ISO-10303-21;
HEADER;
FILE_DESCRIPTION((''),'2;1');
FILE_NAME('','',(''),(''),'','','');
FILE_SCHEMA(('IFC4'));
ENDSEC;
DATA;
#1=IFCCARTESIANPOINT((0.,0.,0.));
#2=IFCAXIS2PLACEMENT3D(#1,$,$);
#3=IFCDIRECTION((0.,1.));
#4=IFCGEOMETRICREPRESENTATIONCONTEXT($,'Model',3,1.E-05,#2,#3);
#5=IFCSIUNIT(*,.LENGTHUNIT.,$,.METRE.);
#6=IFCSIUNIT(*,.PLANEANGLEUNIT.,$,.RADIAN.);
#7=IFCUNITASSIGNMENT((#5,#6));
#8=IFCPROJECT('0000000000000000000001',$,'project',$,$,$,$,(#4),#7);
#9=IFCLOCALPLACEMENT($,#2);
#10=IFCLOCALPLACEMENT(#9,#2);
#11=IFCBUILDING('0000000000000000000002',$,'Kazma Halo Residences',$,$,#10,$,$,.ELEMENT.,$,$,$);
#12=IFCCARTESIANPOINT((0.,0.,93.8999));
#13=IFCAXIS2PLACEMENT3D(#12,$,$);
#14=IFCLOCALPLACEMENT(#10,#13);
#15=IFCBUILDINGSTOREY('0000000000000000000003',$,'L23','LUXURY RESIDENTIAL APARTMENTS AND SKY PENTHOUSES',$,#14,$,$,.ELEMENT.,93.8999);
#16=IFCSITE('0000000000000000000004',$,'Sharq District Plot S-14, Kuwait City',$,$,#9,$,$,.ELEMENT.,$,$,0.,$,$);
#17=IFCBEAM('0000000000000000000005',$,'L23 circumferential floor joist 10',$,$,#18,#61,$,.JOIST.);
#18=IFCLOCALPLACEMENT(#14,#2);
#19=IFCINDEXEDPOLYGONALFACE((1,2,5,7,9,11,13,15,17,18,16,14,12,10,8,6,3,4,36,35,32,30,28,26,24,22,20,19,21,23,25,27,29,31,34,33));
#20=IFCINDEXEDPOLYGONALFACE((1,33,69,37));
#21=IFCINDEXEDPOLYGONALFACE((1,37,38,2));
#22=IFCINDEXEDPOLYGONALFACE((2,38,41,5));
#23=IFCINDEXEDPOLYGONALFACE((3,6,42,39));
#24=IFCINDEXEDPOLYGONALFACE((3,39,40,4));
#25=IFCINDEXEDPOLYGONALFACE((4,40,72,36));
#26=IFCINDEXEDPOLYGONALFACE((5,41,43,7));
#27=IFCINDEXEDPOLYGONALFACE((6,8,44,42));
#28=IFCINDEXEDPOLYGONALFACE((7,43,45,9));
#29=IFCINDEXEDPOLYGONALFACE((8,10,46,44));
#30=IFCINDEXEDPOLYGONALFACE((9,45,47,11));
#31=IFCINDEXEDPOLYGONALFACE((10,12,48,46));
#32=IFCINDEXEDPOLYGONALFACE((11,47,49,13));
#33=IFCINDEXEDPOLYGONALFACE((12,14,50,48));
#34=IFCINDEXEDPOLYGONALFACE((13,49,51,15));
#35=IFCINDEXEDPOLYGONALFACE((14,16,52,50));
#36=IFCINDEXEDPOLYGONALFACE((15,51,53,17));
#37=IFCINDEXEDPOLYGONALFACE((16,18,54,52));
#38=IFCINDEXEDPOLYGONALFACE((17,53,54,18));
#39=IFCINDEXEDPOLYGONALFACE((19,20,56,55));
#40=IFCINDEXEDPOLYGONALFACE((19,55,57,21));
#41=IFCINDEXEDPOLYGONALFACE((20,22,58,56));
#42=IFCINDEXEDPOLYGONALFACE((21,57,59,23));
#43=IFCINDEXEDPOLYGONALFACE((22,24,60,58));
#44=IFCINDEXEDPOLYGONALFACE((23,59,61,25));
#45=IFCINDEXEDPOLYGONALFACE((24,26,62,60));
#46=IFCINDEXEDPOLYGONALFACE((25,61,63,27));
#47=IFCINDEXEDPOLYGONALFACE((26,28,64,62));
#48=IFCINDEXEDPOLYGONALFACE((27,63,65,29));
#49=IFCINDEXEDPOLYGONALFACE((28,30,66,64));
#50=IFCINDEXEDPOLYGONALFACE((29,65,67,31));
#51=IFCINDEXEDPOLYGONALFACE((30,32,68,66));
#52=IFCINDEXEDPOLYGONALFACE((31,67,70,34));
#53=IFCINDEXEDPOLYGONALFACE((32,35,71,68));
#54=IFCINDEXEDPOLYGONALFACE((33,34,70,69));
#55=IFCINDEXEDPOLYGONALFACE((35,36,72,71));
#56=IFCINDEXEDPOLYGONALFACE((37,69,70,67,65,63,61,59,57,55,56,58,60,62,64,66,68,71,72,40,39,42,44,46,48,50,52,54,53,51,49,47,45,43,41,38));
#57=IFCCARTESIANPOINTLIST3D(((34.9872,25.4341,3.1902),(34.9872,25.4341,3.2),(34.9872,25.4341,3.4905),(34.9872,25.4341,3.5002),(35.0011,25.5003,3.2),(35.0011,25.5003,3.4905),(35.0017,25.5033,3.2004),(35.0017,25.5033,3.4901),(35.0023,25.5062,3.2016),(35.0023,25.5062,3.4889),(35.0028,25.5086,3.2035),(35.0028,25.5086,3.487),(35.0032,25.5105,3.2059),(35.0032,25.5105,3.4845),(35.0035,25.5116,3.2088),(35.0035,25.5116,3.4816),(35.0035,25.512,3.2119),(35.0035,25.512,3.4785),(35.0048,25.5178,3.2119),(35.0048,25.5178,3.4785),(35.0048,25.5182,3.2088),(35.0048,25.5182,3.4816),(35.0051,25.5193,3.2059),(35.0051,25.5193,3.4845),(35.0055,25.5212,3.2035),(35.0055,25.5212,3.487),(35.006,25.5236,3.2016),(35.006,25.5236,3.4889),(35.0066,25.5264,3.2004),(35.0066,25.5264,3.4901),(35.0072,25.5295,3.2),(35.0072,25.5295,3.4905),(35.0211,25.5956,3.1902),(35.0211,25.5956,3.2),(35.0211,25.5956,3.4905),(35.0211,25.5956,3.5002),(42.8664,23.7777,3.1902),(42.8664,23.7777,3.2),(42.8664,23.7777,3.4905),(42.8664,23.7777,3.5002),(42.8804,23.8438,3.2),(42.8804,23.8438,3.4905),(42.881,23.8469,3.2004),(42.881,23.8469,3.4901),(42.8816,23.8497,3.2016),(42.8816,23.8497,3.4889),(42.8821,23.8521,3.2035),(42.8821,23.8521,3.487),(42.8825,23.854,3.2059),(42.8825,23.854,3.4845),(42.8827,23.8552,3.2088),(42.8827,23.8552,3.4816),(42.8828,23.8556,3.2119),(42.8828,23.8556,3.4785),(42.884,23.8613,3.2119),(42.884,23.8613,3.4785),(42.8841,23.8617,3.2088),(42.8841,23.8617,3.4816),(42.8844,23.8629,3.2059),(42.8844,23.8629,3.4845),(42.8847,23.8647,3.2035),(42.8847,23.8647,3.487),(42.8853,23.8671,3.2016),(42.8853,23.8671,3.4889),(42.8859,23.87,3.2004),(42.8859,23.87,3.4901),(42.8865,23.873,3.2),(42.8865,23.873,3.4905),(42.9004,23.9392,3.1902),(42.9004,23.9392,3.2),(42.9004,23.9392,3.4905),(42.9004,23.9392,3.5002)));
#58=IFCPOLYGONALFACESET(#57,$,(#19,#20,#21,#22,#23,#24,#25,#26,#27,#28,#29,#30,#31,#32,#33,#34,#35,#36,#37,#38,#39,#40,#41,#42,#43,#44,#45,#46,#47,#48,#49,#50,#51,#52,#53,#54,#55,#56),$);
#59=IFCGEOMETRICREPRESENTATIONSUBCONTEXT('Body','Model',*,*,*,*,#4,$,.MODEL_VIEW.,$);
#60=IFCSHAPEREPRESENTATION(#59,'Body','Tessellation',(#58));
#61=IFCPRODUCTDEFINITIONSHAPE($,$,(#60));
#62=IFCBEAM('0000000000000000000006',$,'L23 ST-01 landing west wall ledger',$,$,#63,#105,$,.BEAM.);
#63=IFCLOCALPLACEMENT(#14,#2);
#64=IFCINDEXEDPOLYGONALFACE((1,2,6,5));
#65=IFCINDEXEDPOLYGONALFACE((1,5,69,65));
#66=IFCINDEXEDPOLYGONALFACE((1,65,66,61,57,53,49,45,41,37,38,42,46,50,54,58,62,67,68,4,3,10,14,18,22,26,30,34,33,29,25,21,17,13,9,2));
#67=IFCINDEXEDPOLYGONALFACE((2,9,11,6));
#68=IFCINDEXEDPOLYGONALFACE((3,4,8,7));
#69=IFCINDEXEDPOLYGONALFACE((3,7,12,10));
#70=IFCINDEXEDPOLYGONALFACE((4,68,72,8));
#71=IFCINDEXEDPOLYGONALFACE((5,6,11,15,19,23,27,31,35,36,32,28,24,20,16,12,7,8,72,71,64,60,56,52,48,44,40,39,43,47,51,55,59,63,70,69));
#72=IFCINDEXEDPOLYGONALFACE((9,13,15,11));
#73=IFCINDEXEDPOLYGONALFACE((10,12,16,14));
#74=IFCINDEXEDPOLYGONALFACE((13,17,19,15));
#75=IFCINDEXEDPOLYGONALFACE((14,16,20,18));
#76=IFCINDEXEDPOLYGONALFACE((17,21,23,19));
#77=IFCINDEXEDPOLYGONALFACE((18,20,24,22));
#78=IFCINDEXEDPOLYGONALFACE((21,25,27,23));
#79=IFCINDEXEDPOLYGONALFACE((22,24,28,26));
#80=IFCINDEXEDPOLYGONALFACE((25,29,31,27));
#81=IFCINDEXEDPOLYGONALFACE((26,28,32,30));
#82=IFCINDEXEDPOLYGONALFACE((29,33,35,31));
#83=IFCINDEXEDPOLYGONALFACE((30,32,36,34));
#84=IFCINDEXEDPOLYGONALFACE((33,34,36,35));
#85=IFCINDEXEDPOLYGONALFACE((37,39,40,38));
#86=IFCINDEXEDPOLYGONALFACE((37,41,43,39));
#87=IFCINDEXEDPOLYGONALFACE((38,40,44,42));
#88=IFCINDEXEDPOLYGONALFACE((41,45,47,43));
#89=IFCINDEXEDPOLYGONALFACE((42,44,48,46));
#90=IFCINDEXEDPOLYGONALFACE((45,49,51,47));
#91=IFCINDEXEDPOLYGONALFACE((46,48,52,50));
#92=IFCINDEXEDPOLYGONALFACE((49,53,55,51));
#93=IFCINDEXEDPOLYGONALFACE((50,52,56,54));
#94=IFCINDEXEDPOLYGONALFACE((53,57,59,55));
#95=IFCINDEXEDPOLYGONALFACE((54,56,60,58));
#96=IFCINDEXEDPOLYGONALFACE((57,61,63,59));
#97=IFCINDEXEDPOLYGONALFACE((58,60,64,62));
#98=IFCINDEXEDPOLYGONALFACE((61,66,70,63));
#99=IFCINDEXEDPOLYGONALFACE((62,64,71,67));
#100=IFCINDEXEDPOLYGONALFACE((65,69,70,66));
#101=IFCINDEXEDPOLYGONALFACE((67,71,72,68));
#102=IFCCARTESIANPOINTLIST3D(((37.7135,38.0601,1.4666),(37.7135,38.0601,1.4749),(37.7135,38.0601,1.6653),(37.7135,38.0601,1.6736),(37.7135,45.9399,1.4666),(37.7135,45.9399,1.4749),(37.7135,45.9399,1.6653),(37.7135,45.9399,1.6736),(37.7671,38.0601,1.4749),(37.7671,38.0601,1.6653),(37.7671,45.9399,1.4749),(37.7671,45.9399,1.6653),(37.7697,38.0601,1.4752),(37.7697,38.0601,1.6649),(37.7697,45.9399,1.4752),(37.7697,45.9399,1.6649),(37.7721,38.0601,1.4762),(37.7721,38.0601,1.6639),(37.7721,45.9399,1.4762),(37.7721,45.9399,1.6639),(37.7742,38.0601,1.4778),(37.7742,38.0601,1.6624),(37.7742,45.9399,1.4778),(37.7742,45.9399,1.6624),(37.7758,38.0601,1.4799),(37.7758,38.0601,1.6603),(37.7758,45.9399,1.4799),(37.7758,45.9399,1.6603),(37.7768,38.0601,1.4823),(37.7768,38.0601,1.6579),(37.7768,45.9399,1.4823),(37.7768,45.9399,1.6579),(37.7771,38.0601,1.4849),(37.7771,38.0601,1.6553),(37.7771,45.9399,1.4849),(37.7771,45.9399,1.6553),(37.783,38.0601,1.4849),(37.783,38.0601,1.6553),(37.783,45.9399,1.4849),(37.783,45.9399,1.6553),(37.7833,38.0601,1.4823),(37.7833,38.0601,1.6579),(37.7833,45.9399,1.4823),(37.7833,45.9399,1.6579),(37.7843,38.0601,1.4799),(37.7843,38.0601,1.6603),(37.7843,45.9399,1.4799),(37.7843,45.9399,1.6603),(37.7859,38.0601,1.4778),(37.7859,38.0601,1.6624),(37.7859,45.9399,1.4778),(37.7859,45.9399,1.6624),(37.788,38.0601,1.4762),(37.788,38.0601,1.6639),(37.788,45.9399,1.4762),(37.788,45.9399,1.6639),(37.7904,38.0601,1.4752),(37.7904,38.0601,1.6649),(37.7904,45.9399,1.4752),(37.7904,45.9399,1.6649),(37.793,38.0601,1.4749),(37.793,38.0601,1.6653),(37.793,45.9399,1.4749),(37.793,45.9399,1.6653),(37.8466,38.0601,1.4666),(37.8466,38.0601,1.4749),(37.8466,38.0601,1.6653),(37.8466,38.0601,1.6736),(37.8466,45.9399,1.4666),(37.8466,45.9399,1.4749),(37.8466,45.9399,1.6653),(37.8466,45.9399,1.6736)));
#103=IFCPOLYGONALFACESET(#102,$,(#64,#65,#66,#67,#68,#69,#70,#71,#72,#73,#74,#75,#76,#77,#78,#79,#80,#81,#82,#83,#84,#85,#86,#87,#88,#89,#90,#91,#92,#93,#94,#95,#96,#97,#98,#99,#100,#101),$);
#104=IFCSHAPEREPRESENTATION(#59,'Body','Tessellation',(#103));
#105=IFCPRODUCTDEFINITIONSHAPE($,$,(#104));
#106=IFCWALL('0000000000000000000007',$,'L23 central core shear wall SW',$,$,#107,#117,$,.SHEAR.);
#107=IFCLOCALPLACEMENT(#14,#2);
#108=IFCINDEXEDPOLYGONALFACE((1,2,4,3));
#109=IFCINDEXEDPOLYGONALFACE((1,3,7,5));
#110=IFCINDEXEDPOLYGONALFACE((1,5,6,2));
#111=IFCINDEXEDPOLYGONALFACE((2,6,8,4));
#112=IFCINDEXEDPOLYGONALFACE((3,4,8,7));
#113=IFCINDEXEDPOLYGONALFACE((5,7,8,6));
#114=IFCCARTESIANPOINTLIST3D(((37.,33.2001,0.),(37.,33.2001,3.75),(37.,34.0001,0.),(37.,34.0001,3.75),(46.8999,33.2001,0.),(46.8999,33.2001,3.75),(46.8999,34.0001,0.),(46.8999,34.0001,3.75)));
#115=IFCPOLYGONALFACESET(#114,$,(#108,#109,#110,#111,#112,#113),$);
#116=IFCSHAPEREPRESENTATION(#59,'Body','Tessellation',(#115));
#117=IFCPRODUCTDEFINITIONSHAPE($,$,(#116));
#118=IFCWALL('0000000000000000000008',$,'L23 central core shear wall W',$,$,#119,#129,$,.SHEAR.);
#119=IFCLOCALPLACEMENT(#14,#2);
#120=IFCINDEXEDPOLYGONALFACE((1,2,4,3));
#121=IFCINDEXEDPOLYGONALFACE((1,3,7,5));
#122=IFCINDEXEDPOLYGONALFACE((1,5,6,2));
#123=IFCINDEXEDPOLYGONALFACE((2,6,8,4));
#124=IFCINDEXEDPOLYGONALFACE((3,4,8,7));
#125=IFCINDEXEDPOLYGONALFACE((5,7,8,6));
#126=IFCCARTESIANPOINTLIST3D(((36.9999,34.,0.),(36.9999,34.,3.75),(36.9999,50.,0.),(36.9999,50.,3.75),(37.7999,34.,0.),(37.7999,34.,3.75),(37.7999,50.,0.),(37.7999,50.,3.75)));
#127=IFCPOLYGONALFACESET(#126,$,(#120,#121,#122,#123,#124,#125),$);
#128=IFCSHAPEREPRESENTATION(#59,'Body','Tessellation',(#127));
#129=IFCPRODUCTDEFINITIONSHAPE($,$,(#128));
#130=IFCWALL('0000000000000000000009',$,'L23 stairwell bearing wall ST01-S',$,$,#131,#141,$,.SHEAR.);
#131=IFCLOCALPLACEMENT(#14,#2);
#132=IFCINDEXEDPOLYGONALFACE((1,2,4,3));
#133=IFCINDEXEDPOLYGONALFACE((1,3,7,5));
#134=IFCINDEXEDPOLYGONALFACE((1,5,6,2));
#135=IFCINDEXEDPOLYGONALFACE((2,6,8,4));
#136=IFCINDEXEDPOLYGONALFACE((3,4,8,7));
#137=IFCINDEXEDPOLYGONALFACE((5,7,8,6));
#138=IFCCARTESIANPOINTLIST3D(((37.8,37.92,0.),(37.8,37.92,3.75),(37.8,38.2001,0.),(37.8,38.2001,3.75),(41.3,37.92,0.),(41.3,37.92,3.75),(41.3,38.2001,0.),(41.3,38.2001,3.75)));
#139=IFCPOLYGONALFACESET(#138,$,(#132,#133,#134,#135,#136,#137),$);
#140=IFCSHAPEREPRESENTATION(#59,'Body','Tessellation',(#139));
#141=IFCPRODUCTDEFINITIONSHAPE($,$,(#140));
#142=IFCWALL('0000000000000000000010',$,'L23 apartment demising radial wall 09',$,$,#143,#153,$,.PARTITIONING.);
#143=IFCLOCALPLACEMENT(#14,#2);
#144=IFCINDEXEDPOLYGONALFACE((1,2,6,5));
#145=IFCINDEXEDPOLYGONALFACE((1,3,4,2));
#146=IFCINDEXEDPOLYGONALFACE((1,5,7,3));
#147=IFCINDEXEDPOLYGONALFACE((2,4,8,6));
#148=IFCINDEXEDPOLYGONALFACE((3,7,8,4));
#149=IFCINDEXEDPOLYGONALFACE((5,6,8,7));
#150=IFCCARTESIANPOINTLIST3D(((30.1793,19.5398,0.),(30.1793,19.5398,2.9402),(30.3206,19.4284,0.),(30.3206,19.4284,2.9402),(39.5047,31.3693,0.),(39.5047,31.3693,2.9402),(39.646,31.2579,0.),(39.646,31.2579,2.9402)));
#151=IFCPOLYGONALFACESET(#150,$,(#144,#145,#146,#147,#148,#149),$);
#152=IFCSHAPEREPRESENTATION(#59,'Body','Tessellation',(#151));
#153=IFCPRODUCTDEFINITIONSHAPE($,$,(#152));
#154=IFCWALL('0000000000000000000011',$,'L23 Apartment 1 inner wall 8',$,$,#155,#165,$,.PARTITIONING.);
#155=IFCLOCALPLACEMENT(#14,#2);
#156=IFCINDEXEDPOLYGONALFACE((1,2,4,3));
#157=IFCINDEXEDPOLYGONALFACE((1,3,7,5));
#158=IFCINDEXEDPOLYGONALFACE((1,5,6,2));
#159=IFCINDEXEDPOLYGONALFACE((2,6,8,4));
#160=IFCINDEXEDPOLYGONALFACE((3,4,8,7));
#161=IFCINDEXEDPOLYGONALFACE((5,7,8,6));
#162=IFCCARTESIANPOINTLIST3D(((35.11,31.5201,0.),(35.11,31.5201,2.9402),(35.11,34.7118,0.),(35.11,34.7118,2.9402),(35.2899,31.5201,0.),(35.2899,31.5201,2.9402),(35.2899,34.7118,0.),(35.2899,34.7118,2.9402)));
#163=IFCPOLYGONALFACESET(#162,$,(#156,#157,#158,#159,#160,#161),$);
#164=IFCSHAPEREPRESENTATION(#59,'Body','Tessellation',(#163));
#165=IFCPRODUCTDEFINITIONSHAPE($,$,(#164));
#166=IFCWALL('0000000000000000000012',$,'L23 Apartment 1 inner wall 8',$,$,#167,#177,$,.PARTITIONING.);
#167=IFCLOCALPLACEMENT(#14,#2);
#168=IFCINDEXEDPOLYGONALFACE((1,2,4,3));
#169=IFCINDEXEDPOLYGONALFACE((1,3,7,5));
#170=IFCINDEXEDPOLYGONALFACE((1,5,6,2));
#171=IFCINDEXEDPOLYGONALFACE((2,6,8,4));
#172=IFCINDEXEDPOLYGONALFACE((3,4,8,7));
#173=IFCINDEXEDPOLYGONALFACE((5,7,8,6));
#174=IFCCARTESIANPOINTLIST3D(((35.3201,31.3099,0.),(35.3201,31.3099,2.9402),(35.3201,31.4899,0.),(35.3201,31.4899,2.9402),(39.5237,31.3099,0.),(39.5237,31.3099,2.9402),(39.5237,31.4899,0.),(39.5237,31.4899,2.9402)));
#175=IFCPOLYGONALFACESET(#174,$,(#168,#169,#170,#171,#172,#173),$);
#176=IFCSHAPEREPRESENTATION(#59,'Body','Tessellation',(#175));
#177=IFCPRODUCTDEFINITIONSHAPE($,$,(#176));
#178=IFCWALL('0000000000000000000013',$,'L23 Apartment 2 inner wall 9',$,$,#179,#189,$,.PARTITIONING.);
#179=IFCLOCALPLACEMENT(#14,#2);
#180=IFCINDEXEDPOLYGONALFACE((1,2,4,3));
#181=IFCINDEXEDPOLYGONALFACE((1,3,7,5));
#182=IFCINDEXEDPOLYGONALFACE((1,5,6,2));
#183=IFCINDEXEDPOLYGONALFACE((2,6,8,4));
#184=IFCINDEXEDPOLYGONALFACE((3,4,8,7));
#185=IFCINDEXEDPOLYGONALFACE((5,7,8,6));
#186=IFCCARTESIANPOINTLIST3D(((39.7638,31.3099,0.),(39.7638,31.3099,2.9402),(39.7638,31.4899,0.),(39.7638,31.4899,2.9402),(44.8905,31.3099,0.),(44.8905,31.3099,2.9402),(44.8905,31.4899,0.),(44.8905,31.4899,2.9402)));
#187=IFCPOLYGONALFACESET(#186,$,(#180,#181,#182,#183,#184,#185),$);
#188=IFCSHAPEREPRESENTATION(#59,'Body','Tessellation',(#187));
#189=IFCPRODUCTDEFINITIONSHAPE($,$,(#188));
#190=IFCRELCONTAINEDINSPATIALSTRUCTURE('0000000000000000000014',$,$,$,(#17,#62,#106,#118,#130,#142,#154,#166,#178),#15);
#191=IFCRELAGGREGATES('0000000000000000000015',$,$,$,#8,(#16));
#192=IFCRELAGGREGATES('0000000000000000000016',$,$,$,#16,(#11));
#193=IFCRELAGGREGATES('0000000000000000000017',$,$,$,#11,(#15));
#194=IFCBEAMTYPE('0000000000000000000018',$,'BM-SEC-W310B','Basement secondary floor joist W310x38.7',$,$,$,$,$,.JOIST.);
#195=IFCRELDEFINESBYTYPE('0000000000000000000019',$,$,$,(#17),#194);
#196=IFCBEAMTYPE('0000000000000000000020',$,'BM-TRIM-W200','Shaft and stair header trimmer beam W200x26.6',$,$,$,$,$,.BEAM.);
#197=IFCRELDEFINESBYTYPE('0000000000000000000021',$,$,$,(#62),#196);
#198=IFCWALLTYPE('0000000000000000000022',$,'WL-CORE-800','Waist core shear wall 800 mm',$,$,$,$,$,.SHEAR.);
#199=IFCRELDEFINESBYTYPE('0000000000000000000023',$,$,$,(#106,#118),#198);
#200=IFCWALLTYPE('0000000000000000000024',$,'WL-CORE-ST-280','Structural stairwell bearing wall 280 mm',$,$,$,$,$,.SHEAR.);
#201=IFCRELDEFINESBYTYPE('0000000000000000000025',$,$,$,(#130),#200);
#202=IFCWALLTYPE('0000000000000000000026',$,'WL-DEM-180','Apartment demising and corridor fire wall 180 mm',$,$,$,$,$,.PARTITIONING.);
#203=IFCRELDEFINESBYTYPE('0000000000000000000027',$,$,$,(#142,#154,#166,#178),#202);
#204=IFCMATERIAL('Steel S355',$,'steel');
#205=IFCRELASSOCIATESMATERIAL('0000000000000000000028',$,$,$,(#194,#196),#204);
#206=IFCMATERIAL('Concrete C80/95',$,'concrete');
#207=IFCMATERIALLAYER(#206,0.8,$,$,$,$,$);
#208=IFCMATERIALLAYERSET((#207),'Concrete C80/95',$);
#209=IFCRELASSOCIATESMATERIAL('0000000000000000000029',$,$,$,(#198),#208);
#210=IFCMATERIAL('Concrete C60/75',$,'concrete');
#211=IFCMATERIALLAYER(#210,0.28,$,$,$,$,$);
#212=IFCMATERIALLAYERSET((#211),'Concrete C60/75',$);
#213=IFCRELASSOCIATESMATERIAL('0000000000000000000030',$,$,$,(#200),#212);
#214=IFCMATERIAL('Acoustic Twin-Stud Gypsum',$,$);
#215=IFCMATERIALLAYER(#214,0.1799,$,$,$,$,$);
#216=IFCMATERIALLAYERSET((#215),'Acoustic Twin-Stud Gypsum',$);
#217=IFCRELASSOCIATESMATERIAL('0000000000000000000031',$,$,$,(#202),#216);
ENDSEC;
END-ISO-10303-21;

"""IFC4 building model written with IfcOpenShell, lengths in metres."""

from ifc_helpers import new_model, si_unit, direction, frame, frame_2d, origin, origin_2d, place, context, subcontext, project, spatial, rectangle, i_section, extrude, material, layer, layer_set, material_profile, profile_set, type_object, element, save


model = new_model("IFC4")

# Units and contexts
model_context = context("Model", 3, precision=1e-05, world=origin(), true_north=direction((0.0, 1.0)))
body_context = subcontext(model_context, "Body", "Model", "MODEL_VIEW")
ifc_project = project(units=[si_unit("LENGTHUNIT", "METRE"), si_unit("PLANEANGLEUNIT", "RADIAN")], contexts=[model_context])

# Site, building, storey
site_placement = place(None, origin())
site = spatial("IfcSite", under=ifc_project, at=site_placement, Name="Sharq District Plot S-14, Kuwait City", CompositionType="ELEMENT", RefElevation=0.0)
building_placement = place(site_placement, origin())
building = spatial("IfcBuilding", under=site, at=building_placement, Name="Kazma Halo Residences", CompositionType="ELEMENT")
storey_placement = place(building_placement, frame((0.0, 0.0, 93.8999)))
storey = spatial("IfcBuildingStorey", under=building, at=storey_placement, Name="L23", Description="LUXURY RESIDENTIAL APARTMENTS AND SKY PENTHOUSES", CompositionType="ELEMENT", Elevation=93.8999)

# Beams
ifc_material_1 = material(Name="Steel S355", Category="steel")
ifc_material_profile_1 = material_profile(ifc_material_1, i_section(OverallWidth=0.165, OverallDepth=0.3101, WebThickness=0.0059, FlangeThickness=0.0098, FilletRadius=0.012, at=origin_2d()), Name="W310x38.7")
ifc_profile_set_1 = profile_set([ifc_material_profile_1], Name="Steel S355")
beam_type_1 = type_object("IfcBeamType", Name="BM-SEC-W310B", Description="Basement secondary floor joist W310x38.7", PredefinedType="JOIST", material=ifc_profile_set_1)
beam_1_placement = place(storey_placement, frame((35.0042, 25.5149, 3.3452), z_axis=(0.978608, -0.205734, 0.0), x_axis=(0.205734, 0.978608, 0.0)))
element("IfcBeam", 1, at=beam_1_placement, inside=storey, type_object=beam_type_1, Name="L23 circumferential floor joist 10", PredefinedType="JOIST", context=body_context, shape_type="SweptSolid", body=[
    extrude(i_section(OverallWidth=0.165, OverallDepth=0.3101, WebThickness=0.0059, FlangeThickness=0.0098, FilletRadius=0.012, at=origin_2d()), origin(), (0.0, 0.0, 1.0), 8.0515),
])
ifc_material_profile_2 = material_profile(ifc_material_1, i_section(OverallWidth=0.1331, OverallDepth=0.207, WebThickness=0.0059, FlangeThickness=0.0083, FilletRadius=0.01, at=origin_2d()), Name="W200x26.6")
ifc_profile_set_2 = profile_set([ifc_material_profile_2], Name="Steel S355")
beam_type_2 = type_object("IfcBeamType", Name="BM-TRIM-W200", Description="Shaft and stair header trimmer beam W200x26.6", PredefinedType="BEAM", material=ifc_profile_set_2)
beam_2_placement = place(storey_placement, frame((37.78, 38.0601, 1.5701), z_axis=(0.0, 1.0, 0.0), x_axis=(-1.0, 0.0, 0.0)))
element("IfcBeam", 2, at=beam_2_placement, inside=storey, type_object=beam_type_2, Name="L23 ST-01 landing west wall ledger", PredefinedType="BEAM", context=body_context, shape_type="SweptSolid", body=[
    extrude(i_section(OverallWidth=0.1331, OverallDepth=0.207, WebThickness=0.0059, FlangeThickness=0.0083, FilletRadius=0.01, at=origin_2d()), origin(), (0.0, 0.0, 1.0), 7.8799),
])

# Walls
ifc_material_2 = material(Name="Concrete C80/95", Category="concrete")
ifc_layer_1 = layer(ifc_material_2, 0.8)
ifc_layer_set_1 = layer_set([ifc_layer_1], Name="Concrete C80/95")
wall_type_1 = type_object("IfcWallType", Name="WL-CORE-800", Description="Waist core shear wall 800 mm", PredefinedType="SHEAR", material=ifc_layer_set_1)
wall_1_placement = place(storey_placement, frame((37.0, 33.6001, 0.0), z_axis=(0.0, 0.0, 1.0), x_axis=(1.0, 0.0, 0.0)))
element("IfcWall", 3, at=wall_1_placement, inside=storey, type_object=wall_type_1, Name="L23 central core shear wall SW", PredefinedType="SHEAR", context=body_context, shape_type="SweptSolid", body=[
    extrude(rectangle(XDim=9.8999, YDim=0.8, at=frame_2d((4.95, 0.0))), origin(), (0.0, 0.0, 1.0), 3.75),
])
wall_2_placement = place(storey_placement, frame((37.3999, 34.0, 0.0), z_axis=(0.0, 0.0, 1.0), x_axis=(0.0, 1.0, 0.0)))
element("IfcWall", 4, at=wall_2_placement, inside=storey, type_object=wall_type_1, Name="L23 central core shear wall W", PredefinedType="SHEAR", context=body_context, shape_type="SweptSolid", body=[
    extrude(rectangle(XDim=16.0, YDim=0.8, at=frame_2d((8.0, 0.0))), origin(), (0.0, 0.0, 1.0), 3.75),
])
ifc_material_3 = material(Name="Concrete C60/75", Category="concrete")
ifc_layer_2 = layer(ifc_material_3, 0.28)
ifc_layer_set_2 = layer_set([ifc_layer_2], Name="Concrete C60/75")
wall_type_2 = type_object("IfcWallType", Name="WL-CORE-ST-280", Description="Structural stairwell bearing wall 280 mm", PredefinedType="SHEAR", material=ifc_layer_set_2)
wall_3_placement = place(storey_placement, frame((37.8, 38.0601, 0.0), z_axis=(0.0, 0.0, 1.0), x_axis=(1.0, 0.0, 0.0)))
element("IfcWall", 5, at=wall_3_placement, inside=storey, type_object=wall_type_2, Name="L23 stairwell bearing wall ST01-S", PredefinedType="SHEAR", context=body_context, shape_type="SweptSolid", body=[
    extrude(rectangle(XDim=3.5, YDim=0.28, at=frame_2d((1.75, 0.0))), origin(), (0.0, 0.0, 1.0), 3.75),
])
ifc_material_4 = material(Name="Acoustic Twin-Stud Gypsum")
ifc_layer_3 = layer(ifc_material_4, 0.1799)
ifc_layer_set_3 = layer_set([ifc_layer_3], Name="Acoustic Twin-Stud Gypsum")
wall_type_3 = type_object("IfcWallType", Name="WL-DEM-180", Description="Apartment demising and corridor fire wall 180 mm", PredefinedType="PARTITIONING", material=ifc_layer_set_3)
wall_4_placement = place(storey_placement, frame((39.5754, 31.3137, 0.0), z_axis=(0.0, 0.0, 1.0), x_axis=(-0.619083, -0.785325, 0.0)))
element("IfcWall", 6, at=wall_4_placement, inside=storey, type_object=wall_type_3, Name="L23 apartment demising radial wall 09", PredefinedType="PARTITIONING", context=body_context, shape_type="SweptSolid", body=[
    extrude(rectangle(XDim=15.0632, YDim=0.1799, at=frame_2d((7.5317, 0.0))), origin(), (0.0, 0.0, 1.0), 2.9402),
])
wall_5_placement = place(storey_placement, frame((35.2, 34.7117, 0.0), z_axis=(0.0, 0.0, 1.0), x_axis=(0.0, -1.0, 0.0)))
element("IfcWall", 7, at=wall_5_placement, inside=storey, type_object=wall_type_3, Name="L23 Apartment 1 inner wall 8", PredefinedType="PARTITIONING", context=body_context, shape_type="SweptSolid", body=[
    extrude(rectangle(XDim=3.1917, YDim=0.1799, at=frame_2d((1.5957, 0.0))), origin(), (0.0, 0.0, 1.0), 2.9402),
])
wall_6_placement = place(storey_placement, frame((35.3201, 31.3999, 0.0), z_axis=(0.0, 0.0, 1.0), x_axis=(1.0, 0.0, 0.0)))
element("IfcWall", 8, at=wall_6_placement, inside=storey, type_object=wall_type_3, Name="L23 Apartment 1 inner wall 8", PredefinedType="PARTITIONING", context=body_context, shape_type="SweptSolid", body=[
    extrude(rectangle(XDim=4.2036, YDim=0.1799, at=frame_2d((2.1018, 0.0))), origin(), (0.0, 0.0, 1.0), 2.9402),
])
wall_7_placement = place(storey_placement, frame((39.7637, 31.3999, 0.0), z_axis=(0.0, 0.0, 1.0), x_axis=(1.0, 0.0, 0.0)))
element("IfcWall", 9, at=wall_7_placement, inside=storey, type_object=wall_type_3, Name="L23 Apartment 2 inner wall 9", PredefinedType="PARTITIONING", context=body_context, shape_type="SweptSolid", body=[
    extrude(rectangle(XDim=5.1267, YDim=0.1799, at=frame_2d((2.5635, 0.0))), origin(), (0.0, 0.0, 1.0), 2.9402),
])

save(model, "model.ifc")
